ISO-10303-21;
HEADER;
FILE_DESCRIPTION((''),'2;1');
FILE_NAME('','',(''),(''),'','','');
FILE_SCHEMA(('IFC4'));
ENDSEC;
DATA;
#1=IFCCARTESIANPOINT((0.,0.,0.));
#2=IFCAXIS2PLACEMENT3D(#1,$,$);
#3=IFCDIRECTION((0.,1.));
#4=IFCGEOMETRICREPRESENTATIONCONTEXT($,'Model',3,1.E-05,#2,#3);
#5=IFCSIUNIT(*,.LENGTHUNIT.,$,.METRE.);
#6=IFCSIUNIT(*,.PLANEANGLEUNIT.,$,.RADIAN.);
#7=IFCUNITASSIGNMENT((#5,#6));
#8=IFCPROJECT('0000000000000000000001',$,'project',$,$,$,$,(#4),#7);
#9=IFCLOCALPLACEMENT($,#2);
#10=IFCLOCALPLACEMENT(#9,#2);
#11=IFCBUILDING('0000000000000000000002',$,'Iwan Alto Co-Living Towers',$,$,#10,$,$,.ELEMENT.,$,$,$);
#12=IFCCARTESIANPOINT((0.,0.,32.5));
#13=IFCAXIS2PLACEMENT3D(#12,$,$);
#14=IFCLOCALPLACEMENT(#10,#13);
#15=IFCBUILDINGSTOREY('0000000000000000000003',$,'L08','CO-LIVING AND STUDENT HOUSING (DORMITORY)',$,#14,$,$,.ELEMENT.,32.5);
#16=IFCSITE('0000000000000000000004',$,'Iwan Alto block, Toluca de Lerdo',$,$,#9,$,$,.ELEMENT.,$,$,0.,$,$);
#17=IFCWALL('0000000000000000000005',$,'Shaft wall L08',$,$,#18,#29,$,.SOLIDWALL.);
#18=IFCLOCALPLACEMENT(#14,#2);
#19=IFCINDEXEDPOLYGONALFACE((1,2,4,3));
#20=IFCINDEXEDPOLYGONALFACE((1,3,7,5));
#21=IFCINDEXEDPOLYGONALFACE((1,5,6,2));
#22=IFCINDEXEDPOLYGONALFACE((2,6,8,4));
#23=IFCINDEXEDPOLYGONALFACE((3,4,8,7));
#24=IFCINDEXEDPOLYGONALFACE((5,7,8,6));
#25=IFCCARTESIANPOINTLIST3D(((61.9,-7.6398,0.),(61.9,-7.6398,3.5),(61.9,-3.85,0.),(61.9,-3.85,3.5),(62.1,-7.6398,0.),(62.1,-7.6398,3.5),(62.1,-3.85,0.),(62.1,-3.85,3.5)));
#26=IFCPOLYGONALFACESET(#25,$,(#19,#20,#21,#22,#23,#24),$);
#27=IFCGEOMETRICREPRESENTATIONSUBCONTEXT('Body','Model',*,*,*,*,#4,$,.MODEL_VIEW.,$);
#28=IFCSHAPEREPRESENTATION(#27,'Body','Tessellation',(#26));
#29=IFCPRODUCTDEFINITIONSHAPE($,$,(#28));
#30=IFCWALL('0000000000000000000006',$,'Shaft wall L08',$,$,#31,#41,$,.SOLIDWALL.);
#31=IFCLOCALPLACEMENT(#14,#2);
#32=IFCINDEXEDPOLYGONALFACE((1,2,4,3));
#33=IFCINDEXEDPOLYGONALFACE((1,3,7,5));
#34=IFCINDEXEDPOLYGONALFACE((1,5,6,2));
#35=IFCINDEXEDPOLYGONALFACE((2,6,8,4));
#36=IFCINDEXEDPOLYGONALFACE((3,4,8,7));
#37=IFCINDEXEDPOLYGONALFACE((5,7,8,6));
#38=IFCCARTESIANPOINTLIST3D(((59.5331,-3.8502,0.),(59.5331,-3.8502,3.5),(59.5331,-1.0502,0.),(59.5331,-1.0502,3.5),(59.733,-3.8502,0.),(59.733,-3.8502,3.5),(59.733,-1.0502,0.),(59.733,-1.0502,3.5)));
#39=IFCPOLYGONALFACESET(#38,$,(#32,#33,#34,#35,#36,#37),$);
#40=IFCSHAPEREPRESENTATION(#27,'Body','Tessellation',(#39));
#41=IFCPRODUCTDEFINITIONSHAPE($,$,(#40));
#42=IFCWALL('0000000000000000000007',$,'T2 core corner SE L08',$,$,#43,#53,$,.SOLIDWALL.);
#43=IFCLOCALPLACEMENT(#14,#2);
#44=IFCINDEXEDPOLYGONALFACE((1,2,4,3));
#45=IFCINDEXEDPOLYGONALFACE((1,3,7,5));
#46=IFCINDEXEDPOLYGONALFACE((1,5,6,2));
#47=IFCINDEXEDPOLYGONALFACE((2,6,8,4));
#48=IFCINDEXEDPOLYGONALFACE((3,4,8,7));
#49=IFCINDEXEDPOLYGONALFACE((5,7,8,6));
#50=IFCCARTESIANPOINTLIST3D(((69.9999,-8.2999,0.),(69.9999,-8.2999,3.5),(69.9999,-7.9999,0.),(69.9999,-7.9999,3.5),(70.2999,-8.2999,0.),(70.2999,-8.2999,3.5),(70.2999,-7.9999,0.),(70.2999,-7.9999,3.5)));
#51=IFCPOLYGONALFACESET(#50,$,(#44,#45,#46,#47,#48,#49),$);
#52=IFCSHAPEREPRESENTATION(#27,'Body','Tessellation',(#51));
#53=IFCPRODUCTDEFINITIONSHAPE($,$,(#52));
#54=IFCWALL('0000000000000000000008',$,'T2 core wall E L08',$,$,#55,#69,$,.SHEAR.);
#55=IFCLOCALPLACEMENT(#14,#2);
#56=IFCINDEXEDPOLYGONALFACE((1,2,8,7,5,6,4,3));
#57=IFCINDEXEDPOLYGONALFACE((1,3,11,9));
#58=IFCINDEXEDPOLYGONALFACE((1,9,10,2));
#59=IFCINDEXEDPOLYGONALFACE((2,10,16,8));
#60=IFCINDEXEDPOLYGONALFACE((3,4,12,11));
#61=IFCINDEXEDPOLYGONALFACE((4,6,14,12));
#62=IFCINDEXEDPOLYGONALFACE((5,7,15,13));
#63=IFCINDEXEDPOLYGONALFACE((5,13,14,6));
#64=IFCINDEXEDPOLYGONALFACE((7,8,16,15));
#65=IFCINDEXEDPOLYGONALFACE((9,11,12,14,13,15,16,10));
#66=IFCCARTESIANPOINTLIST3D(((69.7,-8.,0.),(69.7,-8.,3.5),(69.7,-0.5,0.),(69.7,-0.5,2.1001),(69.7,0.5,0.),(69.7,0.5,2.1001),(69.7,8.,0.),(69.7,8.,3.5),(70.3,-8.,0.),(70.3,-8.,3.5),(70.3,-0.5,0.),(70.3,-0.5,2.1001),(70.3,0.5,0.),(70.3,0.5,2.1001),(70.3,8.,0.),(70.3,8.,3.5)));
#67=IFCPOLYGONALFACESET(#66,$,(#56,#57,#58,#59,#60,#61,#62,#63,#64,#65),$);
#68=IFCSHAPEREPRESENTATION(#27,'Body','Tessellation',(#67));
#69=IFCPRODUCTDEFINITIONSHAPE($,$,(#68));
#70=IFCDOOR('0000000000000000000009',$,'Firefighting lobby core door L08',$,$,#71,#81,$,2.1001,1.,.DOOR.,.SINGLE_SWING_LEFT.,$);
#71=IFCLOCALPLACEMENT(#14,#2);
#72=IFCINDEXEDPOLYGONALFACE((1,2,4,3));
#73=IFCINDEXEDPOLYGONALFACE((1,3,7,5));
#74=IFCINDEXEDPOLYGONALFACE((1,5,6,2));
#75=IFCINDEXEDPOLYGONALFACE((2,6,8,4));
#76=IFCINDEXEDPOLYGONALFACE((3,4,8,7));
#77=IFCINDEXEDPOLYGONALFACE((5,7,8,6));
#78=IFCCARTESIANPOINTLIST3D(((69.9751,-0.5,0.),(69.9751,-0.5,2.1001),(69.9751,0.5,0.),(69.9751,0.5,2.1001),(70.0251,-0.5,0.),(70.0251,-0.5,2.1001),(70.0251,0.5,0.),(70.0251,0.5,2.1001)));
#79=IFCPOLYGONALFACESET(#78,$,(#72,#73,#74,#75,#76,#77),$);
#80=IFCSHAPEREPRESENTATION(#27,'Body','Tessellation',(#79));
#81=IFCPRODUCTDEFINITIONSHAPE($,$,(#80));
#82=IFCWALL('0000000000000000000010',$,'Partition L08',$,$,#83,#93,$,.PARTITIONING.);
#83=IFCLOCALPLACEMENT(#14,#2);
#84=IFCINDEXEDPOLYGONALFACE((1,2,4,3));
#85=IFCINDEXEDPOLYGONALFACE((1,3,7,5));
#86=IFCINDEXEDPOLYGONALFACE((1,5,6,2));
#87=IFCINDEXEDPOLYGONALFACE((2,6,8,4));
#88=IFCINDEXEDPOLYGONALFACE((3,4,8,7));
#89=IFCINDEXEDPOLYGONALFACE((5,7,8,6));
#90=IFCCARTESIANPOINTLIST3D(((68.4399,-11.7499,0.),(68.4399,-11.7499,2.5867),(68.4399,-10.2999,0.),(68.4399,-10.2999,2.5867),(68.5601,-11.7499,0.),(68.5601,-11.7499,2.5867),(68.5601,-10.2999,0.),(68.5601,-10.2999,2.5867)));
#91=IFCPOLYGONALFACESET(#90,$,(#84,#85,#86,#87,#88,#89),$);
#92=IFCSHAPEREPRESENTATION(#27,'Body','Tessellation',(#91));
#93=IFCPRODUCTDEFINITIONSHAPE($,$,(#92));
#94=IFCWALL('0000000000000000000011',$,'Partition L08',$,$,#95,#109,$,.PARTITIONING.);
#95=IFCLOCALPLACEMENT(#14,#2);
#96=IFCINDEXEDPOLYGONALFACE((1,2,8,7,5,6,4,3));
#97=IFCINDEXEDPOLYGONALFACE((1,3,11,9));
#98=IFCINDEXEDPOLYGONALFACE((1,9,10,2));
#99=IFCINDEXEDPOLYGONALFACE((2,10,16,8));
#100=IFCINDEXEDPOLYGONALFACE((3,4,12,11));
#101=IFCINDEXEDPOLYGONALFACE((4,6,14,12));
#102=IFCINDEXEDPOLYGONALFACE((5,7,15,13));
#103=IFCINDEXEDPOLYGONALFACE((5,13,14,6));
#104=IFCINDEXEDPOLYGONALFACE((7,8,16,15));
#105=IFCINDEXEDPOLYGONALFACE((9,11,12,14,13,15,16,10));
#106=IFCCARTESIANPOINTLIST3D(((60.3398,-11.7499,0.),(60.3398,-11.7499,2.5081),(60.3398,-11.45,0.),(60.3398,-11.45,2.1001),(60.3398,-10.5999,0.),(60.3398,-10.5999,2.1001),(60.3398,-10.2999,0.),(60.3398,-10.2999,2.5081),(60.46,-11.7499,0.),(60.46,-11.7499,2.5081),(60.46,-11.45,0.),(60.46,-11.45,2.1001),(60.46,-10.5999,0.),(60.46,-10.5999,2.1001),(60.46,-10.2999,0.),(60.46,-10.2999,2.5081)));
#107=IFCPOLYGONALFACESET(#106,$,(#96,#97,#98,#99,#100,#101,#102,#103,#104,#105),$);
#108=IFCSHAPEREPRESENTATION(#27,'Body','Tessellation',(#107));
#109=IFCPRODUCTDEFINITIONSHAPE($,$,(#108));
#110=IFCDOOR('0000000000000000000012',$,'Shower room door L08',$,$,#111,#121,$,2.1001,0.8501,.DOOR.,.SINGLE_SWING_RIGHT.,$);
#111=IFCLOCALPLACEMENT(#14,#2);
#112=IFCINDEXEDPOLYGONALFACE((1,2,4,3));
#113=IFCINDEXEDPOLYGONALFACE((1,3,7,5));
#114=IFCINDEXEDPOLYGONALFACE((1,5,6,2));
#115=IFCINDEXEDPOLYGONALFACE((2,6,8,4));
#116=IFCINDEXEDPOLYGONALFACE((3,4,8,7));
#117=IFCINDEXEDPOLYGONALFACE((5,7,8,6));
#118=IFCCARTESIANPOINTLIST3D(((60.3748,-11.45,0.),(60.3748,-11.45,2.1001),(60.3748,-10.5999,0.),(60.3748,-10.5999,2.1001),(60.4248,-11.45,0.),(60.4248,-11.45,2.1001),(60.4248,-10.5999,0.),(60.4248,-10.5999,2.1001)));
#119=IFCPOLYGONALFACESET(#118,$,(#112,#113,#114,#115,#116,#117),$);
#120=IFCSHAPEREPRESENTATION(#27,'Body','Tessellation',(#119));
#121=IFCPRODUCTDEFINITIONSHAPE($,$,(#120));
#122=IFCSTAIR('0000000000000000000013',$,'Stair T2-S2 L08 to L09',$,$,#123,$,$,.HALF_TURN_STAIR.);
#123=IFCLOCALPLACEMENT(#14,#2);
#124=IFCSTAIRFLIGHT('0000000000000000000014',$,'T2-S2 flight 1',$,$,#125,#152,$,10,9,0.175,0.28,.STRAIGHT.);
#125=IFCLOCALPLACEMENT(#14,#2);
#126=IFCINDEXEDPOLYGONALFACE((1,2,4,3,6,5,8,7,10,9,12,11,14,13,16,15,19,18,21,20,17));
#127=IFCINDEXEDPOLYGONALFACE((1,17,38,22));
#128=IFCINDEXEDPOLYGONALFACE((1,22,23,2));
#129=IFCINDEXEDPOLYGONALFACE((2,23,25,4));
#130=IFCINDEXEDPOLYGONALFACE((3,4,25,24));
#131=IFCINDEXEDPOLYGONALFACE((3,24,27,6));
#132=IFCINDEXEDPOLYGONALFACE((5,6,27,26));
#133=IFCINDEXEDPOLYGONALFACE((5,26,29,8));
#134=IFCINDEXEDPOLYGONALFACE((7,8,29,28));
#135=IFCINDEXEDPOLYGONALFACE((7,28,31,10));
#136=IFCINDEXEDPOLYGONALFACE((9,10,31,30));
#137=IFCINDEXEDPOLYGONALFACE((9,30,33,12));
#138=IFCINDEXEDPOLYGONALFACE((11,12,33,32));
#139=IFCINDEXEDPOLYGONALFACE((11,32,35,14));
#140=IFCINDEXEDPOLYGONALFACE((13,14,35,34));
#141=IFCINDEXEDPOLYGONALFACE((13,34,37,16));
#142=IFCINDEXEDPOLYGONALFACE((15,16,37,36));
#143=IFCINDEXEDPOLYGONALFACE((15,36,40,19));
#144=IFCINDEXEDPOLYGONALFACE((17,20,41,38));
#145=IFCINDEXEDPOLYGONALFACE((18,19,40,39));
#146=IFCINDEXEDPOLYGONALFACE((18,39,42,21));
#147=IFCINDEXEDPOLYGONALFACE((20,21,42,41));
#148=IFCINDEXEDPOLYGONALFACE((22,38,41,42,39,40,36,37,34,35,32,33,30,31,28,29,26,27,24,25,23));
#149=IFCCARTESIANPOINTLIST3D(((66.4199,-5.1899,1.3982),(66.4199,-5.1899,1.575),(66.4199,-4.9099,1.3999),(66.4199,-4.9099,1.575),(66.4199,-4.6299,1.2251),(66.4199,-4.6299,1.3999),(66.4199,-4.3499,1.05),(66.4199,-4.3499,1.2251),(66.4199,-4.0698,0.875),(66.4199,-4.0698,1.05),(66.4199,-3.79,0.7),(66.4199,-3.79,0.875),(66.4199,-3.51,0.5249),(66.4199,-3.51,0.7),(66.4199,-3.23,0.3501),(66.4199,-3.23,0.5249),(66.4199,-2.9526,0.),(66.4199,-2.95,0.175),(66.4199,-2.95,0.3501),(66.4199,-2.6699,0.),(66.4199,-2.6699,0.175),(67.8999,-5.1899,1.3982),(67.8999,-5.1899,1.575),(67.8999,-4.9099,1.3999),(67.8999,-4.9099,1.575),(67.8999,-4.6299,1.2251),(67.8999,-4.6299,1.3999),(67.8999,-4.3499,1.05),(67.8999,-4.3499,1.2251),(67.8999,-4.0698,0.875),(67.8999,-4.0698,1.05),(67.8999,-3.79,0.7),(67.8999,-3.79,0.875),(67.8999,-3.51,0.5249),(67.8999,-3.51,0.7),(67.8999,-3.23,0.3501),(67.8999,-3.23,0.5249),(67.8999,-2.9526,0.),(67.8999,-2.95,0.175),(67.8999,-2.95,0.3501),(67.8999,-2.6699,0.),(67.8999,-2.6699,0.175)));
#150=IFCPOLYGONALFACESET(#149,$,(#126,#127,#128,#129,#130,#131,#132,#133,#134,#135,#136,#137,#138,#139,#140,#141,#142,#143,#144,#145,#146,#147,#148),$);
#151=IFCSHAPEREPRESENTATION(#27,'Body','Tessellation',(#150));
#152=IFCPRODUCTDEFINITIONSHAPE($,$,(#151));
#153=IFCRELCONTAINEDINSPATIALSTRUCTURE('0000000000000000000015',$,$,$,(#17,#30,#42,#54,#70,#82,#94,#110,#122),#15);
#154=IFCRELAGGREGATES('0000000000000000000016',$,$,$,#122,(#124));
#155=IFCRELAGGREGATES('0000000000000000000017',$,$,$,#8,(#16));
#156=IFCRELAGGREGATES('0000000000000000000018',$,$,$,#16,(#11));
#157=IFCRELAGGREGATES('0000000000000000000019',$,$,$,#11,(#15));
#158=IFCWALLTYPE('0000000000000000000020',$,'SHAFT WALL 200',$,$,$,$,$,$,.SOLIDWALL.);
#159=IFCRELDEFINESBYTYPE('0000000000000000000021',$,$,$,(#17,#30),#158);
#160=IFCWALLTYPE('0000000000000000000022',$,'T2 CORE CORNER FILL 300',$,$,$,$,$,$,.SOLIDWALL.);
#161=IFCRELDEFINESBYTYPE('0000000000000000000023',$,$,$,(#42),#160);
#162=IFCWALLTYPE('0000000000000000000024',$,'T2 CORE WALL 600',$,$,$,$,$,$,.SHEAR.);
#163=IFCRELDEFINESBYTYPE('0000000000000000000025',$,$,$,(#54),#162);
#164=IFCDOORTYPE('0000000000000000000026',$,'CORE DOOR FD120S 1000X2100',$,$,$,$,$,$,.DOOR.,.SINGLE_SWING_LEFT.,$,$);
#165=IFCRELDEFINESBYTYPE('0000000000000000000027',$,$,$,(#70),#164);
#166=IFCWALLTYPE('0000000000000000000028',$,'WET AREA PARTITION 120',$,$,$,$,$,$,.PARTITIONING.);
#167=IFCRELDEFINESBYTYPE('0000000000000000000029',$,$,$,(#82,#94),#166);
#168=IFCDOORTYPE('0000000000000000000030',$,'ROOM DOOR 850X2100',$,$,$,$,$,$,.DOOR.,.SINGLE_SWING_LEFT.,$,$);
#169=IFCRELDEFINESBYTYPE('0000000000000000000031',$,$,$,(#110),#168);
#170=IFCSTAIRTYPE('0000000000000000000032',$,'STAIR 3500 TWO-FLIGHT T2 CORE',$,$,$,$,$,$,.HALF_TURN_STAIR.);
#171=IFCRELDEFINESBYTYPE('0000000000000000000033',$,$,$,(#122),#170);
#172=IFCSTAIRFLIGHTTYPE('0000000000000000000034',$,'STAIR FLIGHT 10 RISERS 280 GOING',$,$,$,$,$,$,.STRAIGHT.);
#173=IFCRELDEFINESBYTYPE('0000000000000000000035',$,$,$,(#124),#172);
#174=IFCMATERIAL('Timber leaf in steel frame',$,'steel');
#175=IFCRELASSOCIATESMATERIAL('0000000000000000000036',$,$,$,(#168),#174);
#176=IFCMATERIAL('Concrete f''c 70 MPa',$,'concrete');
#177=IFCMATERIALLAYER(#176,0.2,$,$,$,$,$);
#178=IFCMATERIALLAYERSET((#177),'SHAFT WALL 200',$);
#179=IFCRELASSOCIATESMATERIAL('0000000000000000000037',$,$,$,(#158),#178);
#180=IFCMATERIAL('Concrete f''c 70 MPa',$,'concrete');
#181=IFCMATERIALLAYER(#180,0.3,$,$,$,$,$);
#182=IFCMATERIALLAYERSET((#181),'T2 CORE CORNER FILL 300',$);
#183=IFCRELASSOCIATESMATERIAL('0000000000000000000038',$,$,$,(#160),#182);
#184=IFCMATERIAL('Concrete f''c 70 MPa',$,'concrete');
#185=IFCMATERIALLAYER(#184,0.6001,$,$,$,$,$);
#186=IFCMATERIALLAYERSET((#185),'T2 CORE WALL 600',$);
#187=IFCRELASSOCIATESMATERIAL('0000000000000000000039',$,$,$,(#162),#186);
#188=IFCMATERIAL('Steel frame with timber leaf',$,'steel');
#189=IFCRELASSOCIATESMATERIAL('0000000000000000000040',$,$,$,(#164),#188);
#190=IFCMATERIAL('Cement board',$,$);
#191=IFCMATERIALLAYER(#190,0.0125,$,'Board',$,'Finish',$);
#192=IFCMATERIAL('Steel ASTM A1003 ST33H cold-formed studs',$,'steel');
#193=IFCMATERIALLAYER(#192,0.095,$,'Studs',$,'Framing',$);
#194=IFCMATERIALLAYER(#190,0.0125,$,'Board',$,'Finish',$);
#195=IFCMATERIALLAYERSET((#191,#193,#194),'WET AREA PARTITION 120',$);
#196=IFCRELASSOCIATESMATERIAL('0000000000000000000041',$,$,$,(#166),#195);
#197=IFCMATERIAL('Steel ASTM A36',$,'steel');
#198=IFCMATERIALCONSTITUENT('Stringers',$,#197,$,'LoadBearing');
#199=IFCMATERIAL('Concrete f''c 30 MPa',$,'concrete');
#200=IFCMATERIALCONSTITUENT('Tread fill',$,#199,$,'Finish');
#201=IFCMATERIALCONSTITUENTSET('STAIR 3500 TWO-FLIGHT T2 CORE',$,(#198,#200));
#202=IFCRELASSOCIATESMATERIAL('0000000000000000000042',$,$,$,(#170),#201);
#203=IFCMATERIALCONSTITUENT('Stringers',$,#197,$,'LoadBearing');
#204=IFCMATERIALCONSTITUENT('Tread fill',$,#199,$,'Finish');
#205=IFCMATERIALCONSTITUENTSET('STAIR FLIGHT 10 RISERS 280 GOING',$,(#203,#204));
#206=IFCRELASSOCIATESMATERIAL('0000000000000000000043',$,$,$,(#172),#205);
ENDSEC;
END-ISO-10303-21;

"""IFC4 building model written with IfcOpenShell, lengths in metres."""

from ifc_helpers import new_model, si_unit, direction, frame, frame_2d, origin, place, context, subcontext, project, spatial, polyline, rectangle, outline, extrude, material, layer, layer_set, constituent, constituent_set, type_object, element, fill, aggregate, save


model = new_model("IFC4")

# Units and contexts
model_context = context("Model", 3, precision=1e-05, world=origin(), true_north=direction((0.0, 1.0)))
body_context = subcontext(model_context, "Body", "Model", "MODEL_VIEW")
ifc_project = project(units=[si_unit("LENGTHUNIT", "METRE"), si_unit("PLANEANGLEUNIT", "RADIAN")], contexts=[model_context])

# Site, building, storey
site_placement = place(None, origin())
site = spatial("IfcSite", under=ifc_project, at=site_placement, Name="Iwan Alto block, Toluca de Lerdo", CompositionType="ELEMENT", RefElevation=0.0)
building_placement = place(site_placement, origin())
building = spatial("IfcBuilding", under=site, at=building_placement, Name="Iwan Alto Co-Living Towers", CompositionType="ELEMENT")
storey_placement = place(building_placement, frame((0.0, 0.0, 32.5)))
storey = spatial("IfcBuildingStorey", under=building, at=storey_placement, Name="L08", Description="CO-LIVING AND STUDENT HOUSING (DORMITORY)", CompositionType="ELEMENT", Elevation=32.5)

# Shared definitions
ifc_material_1 = material(Name="Steel ASTM A1003 ST33H cold-formed studs", Category="steel")

# Shared definitions
ifc_material_2 = material(Name="Timber leaf in steel frame", Category="steel")
door_type_1 = type_object("IfcDoorType", Name="ROOM DOOR 850X2100", OperationType="SINGLE_SWING_LEFT", PredefinedType="DOOR", material=ifc_material_2)

# Shared definitions
ifc_material_3 = material(Name="Concrete f'c 70 MPa", Category="concrete")
ifc_layer_1 = layer(ifc_material_3, 0.2)
ifc_layer_set_1 = layer_set([ifc_layer_1], Name="SHAFT WALL 200")
wall_type_1 = type_object("IfcWallType", Name="SHAFT WALL 200", PredefinedType="SOLIDWALL", material=ifc_layer_set_1)

# Walls
wall_1_placement = place(storey_placement, frame((62.0, -7.6399, 0.0), z_axis=(0.0, 0.0, 1.0), x_axis=(0.0, 1.0, 0.0)))
element("IfcWall", 1, at=wall_1_placement, inside=storey, type_object=wall_type_1, Name="Shaft wall L08", PredefinedType="SOLIDWALL", context=body_context, shape_type="SweptSolid", body=[
    extrude(rectangle(XDim=3.7898, YDim=0.2, at=frame_2d((1.895, 0.0))), origin(), (0.0, 0.0, 1.0), 3.5),
])
wall_2_placement = place(storey_placement, frame((59.6331, -3.8501, 0.0), z_axis=(0.0, 0.0, 1.0), x_axis=(0.0, 1.0, 0.0)))
element("IfcWall", 2, at=wall_2_placement, inside=storey, type_object=wall_type_1, Name="Shaft wall L08", PredefinedType="SOLIDWALL", context=body_context, shape_type="SweptSolid", body=[
    extrude(rectangle(XDim=2.8, YDim=0.2, at=frame_2d((1.3999, 0.0))), origin(), (0.0, 0.0, 1.0), 3.5),
])
ifc_material_4 = material(Name="Concrete f'c 70 MPa", Category="concrete")
ifc_layer_2 = layer(ifc_material_4, 0.3)
ifc_layer_set_2 = layer_set([ifc_layer_2], Name="T2 CORE CORNER FILL 300")
wall_type_2 = type_object("IfcWallType", Name="T2 CORE CORNER FILL 300", PredefinedType="SOLIDWALL", material=ifc_layer_set_2)
wall_3_placement = place(storey_placement, frame((70.0, -8.1499, 0.0), z_axis=(0.0, 0.0, 1.0), x_axis=(1.0, 0.0, 0.0)))
element("IfcWall", 3, at=wall_3_placement, inside=storey, type_object=wall_type_2, Name="T2 core corner SE L08", PredefinedType="SOLIDWALL", context=body_context, shape_type="SweptSolid", body=[
    extrude(rectangle(XDim=0.3, YDim=0.3, at=frame_2d((0.1499, 0.0))), origin(), (0.0, 0.0, 1.0), 3.5),
])

# Wall, opening, door
ifc_material_5 = material(Name="Concrete f'c 70 MPa", Category="concrete")
ifc_layer_3 = layer(ifc_material_5, 0.6001)
ifc_layer_set_3 = layer_set([ifc_layer_3], Name="T2 CORE WALL 600")
wall_type_3 = type_object("IfcWallType", Name="T2 CORE WALL 600", PredefinedType="SHEAR", material=ifc_layer_set_3)
wall_4_placement = place(storey_placement, frame((70.0, -8.0, 0.0), z_axis=(0.0, 0.0, 1.0), x_axis=(0.0, 1.0, 0.0)))
wall_4 = element("IfcWall", 4, at=wall_4_placement, inside=storey, type_object=wall_type_3, Name="T2 core wall E L08", PredefinedType="SHEAR", context=body_context, shape_type="SweptSolid", body=[
    extrude(rectangle(XDim=16.0, YDim=0.6001, at=frame_2d((8.0, 0.0))), origin(), (0.0, 0.0, 1.0), 3.5),
])
opening_1_placement = place(wall_4_placement, frame((7.5, 0.0, 0.0)))
opening_1 = element("IfcOpeningElement", 5, at=opening_1_placement, cuts=wall_4, PredefinedType="OPENING", context=body_context, shape_type="SweptSolid", body=[
    extrude(rectangle(XDim=1.0, YDim=2.1001, at=frame_2d((0.5, 1.05))), frame((0.0, 0.3101, 0.0), z_axis=(0.0, -1.0, 0.0), x_axis=(1.0, 0.0, 0.0)), (0.0, 0.0, 1.0), 0.6201),
])
ifc_material_6 = material(Name="Steel frame with timber leaf", Category="steel")
door_type_2 = type_object("IfcDoorType", Name="CORE DOOR FD120S 1000X2100", OperationType="SINGLE_SWING_LEFT", PredefinedType="DOOR", material=ifc_material_6)
door_1_placement = place(opening_1_placement, origin())
door_1 = element("IfcDoor", 6, at=door_1_placement, inside=storey, type_object=door_type_2, Name="Firefighting lobby core door L08", OperationType="SINGLE_SWING_LEFT", OverallHeight=2.1001, OverallWidth=1.0, PredefinedType="DOOR", context=body_context, shape_type="SweptSolid", body=[
    extrude(rectangle(XDim=1.0, YDim=2.1001, at=frame_2d((0.5, 1.05))), frame((0.0, 0.0249, 0.0), z_axis=(0.0, -1.0, 0.0), x_axis=(1.0, 0.0, 0.0)), (0.0, 0.0, 1.0), 0.05),
])
fill(opening_1, door_1)

# Wall
ifc_material_7 = material(Name="Cement board")
ifc_layer_4 = layer(ifc_material_7, 0.0125, Name="Board", Category="Finish")
ifc_layer_5 = layer(ifc_material_1, 0.095, Name="Studs", Category="Framing")
ifc_layer_6 = layer(ifc_material_7, 0.0125, Name="Board", Category="Finish")
ifc_layer_set_4 = layer_set([ifc_layer_4, ifc_layer_5, ifc_layer_6], Name="WET AREA PARTITION 120")
wall_type_4 = type_object("IfcWallType", Name="WET AREA PARTITION 120", PredefinedType="PARTITIONING", material=ifc_layer_set_4)
wall_5_placement = place(storey_placement, frame((68.5, -11.75, 0.0), z_axis=(0.0, 0.0, 1.0), x_axis=(0.0, 1.0, 0.0)))
element("IfcWall", 7, at=wall_5_placement, inside=storey, type_object=wall_type_4, Name="Partition L08", PredefinedType="PARTITIONING", context=body_context, shape_type="SweptSolid", body=[
    extrude(rectangle(XDim=1.45, YDim=0.1201, at=frame_2d((0.7251, 0.0))), origin(), (0.0, 0.0, 1.0), 2.5867),
])

# Wall, opening, door
wall_6_placement = place(storey_placement, frame((60.3999, -11.75, 0.0), z_axis=(0.0, 0.0, 1.0), x_axis=(0.0, 1.0, 0.0)))
wall_6 = element("IfcWall", 8, at=wall_6_placement, inside=storey, type_object=wall_type_4, Name="Partition L08", PredefinedType="PARTITIONING", context=body_context, shape_type="SweptSolid", body=[
    extrude(rectangle(XDim=1.45, YDim=0.1201, at=frame_2d((0.7251, 0.0))), origin(), (0.0, 0.0, 1.0), 2.5081),
])
opening_2_placement = place(wall_6_placement, frame((0.3, 0.0, 0.0)))
opening_2 = element("IfcOpeningElement", 9, at=opening_2_placement, cuts=wall_6, PredefinedType="OPENING", context=body_context, shape_type="SweptSolid", body=[
    extrude(rectangle(XDim=0.8501, YDim=2.1001, at=frame_2d((0.425, 1.05))), frame((0.0, 0.0701, 0.0), z_axis=(0.0, -1.0, 0.0), x_axis=(1.0, 0.0, 0.0)), (0.0, 0.0, 1.0), 0.1401),
])
door_2_placement = place(opening_2_placement, frame((0.8501, 0.0, 0.0), z_axis=(0.0, 0.0, 1.0), x_axis=(-1.0, 0.0, 0.0)))
door_2 = element("IfcDoor", 10, at=door_2_placement, inside=storey, type_object=door_type_1, Name="Shower room door L08", OperationType="SINGLE_SWING_RIGHT", OverallHeight=2.1001, OverallWidth=0.8501, PredefinedType="DOOR", context=body_context, shape_type="SweptSolid", body=[
    extrude(rectangle(XDim=0.8501, YDim=2.1001, at=frame_2d((0.425, 1.05))), frame((0.0, 0.0249, 0.0), z_axis=(0.0, -1.0, 0.0), x_axis=(1.0, 0.0, 0.0)), (0.0, 0.0, 1.0), 0.05),
])
fill(opening_2, door_2)

# Stair, stair flight
ifc_material_8 = material(Name="Steel ASTM A36", Category="steel")
ifc_constituent_1 = constituent(ifc_material_8, Name="Stringers", Category="LoadBearing")
ifc_material_9 = material(Name="Concrete f'c 30 MPa", Category="concrete")
ifc_constituent_2 = constituent(ifc_material_9, Name="Tread fill", Category="Finish")
ifc_constituent_set_1 = constituent_set(constituents=[ifc_constituent_1, ifc_constituent_2], Name="STAIR 3500 TWO-FLIGHT T2 CORE")
stair_type = type_object("IfcStairType", Name="STAIR 3500 TWO-FLIGHT T2 CORE", PredefinedType="HALF_TURN_STAIR", material=ifc_constituent_set_1)
stair_placement = place(storey_placement, origin())
stair = element("IfcStair", 11, at=stair_placement, inside=storey, type_object=stair_type, Name="Stair T2-S2 L08 to L09", PredefinedType="HALF_TURN_STAIR")
ifc_constituent_3 = constituent(ifc_material_8, Name="Stringers", Category="LoadBearing")
ifc_constituent_4 = constituent(ifc_material_9, Name="Tread fill", Category="Finish")
ifc_constituent_set_2 = constituent_set(constituents=[ifc_constituent_3, ifc_constituent_4], Name="STAIR FLIGHT 10 RISERS 280 GOING")
stair_flight_type = type_object("IfcStairFlightType", Name="STAIR FLIGHT 10 RISERS 280 GOING", PredefinedType="STRAIGHT", material=ifc_constituent_set_2)
stair_flight_1_placement = place(storey_placement, frame((67.1599, -2.6699, 0.0), z_axis=(0.0, 0.0, 1.0), x_axis=(0.0, -1.0, 0.0)))
stair_flight_1 = element("IfcStairFlight", 12, at=stair_flight_1_placement, type_object=stair_flight_type, Name="T2-S2 flight 1", NumberOfRisers=10, NumberOfTreads=9, PredefinedType="STRAIGHT", RiserHeight=0.175, TreadLength=0.28, context=body_context, shape_type="SweptSolid", body=[
    extrude(outline(polyline([(0.0, 0.0), (0.0, 0.175), (0.28, 0.175), (0.28, 0.3501), (0.5601, 0.3501), (0.5601, 0.5249), (0.8401, 0.5249), (0.8401, 0.7), (1.1201, 0.7), (1.1201, 0.875), (1.3999, 0.875), (1.3999, 1.05), (1.6799, 1.05), (1.6799, 1.2251), (1.96, 1.2251), (1.96, 1.3999), (2.24, 1.3999), (2.24, 1.575), (2.52, 1.575), (2.52, 1.75), (2.52, 1.3982), (0.2827, 0.0), (0.0, 0.0)])), frame((0.0, 0.74, 0.0), z_axis=(0.0, -1.0, 0.0), x_axis=(1.0, 0.0, 0.0)), (0.0, 0.0, 1.0), 1.48),
])
aggregate(stair, [stair_flight_1])

save(model, "model.ifc")
